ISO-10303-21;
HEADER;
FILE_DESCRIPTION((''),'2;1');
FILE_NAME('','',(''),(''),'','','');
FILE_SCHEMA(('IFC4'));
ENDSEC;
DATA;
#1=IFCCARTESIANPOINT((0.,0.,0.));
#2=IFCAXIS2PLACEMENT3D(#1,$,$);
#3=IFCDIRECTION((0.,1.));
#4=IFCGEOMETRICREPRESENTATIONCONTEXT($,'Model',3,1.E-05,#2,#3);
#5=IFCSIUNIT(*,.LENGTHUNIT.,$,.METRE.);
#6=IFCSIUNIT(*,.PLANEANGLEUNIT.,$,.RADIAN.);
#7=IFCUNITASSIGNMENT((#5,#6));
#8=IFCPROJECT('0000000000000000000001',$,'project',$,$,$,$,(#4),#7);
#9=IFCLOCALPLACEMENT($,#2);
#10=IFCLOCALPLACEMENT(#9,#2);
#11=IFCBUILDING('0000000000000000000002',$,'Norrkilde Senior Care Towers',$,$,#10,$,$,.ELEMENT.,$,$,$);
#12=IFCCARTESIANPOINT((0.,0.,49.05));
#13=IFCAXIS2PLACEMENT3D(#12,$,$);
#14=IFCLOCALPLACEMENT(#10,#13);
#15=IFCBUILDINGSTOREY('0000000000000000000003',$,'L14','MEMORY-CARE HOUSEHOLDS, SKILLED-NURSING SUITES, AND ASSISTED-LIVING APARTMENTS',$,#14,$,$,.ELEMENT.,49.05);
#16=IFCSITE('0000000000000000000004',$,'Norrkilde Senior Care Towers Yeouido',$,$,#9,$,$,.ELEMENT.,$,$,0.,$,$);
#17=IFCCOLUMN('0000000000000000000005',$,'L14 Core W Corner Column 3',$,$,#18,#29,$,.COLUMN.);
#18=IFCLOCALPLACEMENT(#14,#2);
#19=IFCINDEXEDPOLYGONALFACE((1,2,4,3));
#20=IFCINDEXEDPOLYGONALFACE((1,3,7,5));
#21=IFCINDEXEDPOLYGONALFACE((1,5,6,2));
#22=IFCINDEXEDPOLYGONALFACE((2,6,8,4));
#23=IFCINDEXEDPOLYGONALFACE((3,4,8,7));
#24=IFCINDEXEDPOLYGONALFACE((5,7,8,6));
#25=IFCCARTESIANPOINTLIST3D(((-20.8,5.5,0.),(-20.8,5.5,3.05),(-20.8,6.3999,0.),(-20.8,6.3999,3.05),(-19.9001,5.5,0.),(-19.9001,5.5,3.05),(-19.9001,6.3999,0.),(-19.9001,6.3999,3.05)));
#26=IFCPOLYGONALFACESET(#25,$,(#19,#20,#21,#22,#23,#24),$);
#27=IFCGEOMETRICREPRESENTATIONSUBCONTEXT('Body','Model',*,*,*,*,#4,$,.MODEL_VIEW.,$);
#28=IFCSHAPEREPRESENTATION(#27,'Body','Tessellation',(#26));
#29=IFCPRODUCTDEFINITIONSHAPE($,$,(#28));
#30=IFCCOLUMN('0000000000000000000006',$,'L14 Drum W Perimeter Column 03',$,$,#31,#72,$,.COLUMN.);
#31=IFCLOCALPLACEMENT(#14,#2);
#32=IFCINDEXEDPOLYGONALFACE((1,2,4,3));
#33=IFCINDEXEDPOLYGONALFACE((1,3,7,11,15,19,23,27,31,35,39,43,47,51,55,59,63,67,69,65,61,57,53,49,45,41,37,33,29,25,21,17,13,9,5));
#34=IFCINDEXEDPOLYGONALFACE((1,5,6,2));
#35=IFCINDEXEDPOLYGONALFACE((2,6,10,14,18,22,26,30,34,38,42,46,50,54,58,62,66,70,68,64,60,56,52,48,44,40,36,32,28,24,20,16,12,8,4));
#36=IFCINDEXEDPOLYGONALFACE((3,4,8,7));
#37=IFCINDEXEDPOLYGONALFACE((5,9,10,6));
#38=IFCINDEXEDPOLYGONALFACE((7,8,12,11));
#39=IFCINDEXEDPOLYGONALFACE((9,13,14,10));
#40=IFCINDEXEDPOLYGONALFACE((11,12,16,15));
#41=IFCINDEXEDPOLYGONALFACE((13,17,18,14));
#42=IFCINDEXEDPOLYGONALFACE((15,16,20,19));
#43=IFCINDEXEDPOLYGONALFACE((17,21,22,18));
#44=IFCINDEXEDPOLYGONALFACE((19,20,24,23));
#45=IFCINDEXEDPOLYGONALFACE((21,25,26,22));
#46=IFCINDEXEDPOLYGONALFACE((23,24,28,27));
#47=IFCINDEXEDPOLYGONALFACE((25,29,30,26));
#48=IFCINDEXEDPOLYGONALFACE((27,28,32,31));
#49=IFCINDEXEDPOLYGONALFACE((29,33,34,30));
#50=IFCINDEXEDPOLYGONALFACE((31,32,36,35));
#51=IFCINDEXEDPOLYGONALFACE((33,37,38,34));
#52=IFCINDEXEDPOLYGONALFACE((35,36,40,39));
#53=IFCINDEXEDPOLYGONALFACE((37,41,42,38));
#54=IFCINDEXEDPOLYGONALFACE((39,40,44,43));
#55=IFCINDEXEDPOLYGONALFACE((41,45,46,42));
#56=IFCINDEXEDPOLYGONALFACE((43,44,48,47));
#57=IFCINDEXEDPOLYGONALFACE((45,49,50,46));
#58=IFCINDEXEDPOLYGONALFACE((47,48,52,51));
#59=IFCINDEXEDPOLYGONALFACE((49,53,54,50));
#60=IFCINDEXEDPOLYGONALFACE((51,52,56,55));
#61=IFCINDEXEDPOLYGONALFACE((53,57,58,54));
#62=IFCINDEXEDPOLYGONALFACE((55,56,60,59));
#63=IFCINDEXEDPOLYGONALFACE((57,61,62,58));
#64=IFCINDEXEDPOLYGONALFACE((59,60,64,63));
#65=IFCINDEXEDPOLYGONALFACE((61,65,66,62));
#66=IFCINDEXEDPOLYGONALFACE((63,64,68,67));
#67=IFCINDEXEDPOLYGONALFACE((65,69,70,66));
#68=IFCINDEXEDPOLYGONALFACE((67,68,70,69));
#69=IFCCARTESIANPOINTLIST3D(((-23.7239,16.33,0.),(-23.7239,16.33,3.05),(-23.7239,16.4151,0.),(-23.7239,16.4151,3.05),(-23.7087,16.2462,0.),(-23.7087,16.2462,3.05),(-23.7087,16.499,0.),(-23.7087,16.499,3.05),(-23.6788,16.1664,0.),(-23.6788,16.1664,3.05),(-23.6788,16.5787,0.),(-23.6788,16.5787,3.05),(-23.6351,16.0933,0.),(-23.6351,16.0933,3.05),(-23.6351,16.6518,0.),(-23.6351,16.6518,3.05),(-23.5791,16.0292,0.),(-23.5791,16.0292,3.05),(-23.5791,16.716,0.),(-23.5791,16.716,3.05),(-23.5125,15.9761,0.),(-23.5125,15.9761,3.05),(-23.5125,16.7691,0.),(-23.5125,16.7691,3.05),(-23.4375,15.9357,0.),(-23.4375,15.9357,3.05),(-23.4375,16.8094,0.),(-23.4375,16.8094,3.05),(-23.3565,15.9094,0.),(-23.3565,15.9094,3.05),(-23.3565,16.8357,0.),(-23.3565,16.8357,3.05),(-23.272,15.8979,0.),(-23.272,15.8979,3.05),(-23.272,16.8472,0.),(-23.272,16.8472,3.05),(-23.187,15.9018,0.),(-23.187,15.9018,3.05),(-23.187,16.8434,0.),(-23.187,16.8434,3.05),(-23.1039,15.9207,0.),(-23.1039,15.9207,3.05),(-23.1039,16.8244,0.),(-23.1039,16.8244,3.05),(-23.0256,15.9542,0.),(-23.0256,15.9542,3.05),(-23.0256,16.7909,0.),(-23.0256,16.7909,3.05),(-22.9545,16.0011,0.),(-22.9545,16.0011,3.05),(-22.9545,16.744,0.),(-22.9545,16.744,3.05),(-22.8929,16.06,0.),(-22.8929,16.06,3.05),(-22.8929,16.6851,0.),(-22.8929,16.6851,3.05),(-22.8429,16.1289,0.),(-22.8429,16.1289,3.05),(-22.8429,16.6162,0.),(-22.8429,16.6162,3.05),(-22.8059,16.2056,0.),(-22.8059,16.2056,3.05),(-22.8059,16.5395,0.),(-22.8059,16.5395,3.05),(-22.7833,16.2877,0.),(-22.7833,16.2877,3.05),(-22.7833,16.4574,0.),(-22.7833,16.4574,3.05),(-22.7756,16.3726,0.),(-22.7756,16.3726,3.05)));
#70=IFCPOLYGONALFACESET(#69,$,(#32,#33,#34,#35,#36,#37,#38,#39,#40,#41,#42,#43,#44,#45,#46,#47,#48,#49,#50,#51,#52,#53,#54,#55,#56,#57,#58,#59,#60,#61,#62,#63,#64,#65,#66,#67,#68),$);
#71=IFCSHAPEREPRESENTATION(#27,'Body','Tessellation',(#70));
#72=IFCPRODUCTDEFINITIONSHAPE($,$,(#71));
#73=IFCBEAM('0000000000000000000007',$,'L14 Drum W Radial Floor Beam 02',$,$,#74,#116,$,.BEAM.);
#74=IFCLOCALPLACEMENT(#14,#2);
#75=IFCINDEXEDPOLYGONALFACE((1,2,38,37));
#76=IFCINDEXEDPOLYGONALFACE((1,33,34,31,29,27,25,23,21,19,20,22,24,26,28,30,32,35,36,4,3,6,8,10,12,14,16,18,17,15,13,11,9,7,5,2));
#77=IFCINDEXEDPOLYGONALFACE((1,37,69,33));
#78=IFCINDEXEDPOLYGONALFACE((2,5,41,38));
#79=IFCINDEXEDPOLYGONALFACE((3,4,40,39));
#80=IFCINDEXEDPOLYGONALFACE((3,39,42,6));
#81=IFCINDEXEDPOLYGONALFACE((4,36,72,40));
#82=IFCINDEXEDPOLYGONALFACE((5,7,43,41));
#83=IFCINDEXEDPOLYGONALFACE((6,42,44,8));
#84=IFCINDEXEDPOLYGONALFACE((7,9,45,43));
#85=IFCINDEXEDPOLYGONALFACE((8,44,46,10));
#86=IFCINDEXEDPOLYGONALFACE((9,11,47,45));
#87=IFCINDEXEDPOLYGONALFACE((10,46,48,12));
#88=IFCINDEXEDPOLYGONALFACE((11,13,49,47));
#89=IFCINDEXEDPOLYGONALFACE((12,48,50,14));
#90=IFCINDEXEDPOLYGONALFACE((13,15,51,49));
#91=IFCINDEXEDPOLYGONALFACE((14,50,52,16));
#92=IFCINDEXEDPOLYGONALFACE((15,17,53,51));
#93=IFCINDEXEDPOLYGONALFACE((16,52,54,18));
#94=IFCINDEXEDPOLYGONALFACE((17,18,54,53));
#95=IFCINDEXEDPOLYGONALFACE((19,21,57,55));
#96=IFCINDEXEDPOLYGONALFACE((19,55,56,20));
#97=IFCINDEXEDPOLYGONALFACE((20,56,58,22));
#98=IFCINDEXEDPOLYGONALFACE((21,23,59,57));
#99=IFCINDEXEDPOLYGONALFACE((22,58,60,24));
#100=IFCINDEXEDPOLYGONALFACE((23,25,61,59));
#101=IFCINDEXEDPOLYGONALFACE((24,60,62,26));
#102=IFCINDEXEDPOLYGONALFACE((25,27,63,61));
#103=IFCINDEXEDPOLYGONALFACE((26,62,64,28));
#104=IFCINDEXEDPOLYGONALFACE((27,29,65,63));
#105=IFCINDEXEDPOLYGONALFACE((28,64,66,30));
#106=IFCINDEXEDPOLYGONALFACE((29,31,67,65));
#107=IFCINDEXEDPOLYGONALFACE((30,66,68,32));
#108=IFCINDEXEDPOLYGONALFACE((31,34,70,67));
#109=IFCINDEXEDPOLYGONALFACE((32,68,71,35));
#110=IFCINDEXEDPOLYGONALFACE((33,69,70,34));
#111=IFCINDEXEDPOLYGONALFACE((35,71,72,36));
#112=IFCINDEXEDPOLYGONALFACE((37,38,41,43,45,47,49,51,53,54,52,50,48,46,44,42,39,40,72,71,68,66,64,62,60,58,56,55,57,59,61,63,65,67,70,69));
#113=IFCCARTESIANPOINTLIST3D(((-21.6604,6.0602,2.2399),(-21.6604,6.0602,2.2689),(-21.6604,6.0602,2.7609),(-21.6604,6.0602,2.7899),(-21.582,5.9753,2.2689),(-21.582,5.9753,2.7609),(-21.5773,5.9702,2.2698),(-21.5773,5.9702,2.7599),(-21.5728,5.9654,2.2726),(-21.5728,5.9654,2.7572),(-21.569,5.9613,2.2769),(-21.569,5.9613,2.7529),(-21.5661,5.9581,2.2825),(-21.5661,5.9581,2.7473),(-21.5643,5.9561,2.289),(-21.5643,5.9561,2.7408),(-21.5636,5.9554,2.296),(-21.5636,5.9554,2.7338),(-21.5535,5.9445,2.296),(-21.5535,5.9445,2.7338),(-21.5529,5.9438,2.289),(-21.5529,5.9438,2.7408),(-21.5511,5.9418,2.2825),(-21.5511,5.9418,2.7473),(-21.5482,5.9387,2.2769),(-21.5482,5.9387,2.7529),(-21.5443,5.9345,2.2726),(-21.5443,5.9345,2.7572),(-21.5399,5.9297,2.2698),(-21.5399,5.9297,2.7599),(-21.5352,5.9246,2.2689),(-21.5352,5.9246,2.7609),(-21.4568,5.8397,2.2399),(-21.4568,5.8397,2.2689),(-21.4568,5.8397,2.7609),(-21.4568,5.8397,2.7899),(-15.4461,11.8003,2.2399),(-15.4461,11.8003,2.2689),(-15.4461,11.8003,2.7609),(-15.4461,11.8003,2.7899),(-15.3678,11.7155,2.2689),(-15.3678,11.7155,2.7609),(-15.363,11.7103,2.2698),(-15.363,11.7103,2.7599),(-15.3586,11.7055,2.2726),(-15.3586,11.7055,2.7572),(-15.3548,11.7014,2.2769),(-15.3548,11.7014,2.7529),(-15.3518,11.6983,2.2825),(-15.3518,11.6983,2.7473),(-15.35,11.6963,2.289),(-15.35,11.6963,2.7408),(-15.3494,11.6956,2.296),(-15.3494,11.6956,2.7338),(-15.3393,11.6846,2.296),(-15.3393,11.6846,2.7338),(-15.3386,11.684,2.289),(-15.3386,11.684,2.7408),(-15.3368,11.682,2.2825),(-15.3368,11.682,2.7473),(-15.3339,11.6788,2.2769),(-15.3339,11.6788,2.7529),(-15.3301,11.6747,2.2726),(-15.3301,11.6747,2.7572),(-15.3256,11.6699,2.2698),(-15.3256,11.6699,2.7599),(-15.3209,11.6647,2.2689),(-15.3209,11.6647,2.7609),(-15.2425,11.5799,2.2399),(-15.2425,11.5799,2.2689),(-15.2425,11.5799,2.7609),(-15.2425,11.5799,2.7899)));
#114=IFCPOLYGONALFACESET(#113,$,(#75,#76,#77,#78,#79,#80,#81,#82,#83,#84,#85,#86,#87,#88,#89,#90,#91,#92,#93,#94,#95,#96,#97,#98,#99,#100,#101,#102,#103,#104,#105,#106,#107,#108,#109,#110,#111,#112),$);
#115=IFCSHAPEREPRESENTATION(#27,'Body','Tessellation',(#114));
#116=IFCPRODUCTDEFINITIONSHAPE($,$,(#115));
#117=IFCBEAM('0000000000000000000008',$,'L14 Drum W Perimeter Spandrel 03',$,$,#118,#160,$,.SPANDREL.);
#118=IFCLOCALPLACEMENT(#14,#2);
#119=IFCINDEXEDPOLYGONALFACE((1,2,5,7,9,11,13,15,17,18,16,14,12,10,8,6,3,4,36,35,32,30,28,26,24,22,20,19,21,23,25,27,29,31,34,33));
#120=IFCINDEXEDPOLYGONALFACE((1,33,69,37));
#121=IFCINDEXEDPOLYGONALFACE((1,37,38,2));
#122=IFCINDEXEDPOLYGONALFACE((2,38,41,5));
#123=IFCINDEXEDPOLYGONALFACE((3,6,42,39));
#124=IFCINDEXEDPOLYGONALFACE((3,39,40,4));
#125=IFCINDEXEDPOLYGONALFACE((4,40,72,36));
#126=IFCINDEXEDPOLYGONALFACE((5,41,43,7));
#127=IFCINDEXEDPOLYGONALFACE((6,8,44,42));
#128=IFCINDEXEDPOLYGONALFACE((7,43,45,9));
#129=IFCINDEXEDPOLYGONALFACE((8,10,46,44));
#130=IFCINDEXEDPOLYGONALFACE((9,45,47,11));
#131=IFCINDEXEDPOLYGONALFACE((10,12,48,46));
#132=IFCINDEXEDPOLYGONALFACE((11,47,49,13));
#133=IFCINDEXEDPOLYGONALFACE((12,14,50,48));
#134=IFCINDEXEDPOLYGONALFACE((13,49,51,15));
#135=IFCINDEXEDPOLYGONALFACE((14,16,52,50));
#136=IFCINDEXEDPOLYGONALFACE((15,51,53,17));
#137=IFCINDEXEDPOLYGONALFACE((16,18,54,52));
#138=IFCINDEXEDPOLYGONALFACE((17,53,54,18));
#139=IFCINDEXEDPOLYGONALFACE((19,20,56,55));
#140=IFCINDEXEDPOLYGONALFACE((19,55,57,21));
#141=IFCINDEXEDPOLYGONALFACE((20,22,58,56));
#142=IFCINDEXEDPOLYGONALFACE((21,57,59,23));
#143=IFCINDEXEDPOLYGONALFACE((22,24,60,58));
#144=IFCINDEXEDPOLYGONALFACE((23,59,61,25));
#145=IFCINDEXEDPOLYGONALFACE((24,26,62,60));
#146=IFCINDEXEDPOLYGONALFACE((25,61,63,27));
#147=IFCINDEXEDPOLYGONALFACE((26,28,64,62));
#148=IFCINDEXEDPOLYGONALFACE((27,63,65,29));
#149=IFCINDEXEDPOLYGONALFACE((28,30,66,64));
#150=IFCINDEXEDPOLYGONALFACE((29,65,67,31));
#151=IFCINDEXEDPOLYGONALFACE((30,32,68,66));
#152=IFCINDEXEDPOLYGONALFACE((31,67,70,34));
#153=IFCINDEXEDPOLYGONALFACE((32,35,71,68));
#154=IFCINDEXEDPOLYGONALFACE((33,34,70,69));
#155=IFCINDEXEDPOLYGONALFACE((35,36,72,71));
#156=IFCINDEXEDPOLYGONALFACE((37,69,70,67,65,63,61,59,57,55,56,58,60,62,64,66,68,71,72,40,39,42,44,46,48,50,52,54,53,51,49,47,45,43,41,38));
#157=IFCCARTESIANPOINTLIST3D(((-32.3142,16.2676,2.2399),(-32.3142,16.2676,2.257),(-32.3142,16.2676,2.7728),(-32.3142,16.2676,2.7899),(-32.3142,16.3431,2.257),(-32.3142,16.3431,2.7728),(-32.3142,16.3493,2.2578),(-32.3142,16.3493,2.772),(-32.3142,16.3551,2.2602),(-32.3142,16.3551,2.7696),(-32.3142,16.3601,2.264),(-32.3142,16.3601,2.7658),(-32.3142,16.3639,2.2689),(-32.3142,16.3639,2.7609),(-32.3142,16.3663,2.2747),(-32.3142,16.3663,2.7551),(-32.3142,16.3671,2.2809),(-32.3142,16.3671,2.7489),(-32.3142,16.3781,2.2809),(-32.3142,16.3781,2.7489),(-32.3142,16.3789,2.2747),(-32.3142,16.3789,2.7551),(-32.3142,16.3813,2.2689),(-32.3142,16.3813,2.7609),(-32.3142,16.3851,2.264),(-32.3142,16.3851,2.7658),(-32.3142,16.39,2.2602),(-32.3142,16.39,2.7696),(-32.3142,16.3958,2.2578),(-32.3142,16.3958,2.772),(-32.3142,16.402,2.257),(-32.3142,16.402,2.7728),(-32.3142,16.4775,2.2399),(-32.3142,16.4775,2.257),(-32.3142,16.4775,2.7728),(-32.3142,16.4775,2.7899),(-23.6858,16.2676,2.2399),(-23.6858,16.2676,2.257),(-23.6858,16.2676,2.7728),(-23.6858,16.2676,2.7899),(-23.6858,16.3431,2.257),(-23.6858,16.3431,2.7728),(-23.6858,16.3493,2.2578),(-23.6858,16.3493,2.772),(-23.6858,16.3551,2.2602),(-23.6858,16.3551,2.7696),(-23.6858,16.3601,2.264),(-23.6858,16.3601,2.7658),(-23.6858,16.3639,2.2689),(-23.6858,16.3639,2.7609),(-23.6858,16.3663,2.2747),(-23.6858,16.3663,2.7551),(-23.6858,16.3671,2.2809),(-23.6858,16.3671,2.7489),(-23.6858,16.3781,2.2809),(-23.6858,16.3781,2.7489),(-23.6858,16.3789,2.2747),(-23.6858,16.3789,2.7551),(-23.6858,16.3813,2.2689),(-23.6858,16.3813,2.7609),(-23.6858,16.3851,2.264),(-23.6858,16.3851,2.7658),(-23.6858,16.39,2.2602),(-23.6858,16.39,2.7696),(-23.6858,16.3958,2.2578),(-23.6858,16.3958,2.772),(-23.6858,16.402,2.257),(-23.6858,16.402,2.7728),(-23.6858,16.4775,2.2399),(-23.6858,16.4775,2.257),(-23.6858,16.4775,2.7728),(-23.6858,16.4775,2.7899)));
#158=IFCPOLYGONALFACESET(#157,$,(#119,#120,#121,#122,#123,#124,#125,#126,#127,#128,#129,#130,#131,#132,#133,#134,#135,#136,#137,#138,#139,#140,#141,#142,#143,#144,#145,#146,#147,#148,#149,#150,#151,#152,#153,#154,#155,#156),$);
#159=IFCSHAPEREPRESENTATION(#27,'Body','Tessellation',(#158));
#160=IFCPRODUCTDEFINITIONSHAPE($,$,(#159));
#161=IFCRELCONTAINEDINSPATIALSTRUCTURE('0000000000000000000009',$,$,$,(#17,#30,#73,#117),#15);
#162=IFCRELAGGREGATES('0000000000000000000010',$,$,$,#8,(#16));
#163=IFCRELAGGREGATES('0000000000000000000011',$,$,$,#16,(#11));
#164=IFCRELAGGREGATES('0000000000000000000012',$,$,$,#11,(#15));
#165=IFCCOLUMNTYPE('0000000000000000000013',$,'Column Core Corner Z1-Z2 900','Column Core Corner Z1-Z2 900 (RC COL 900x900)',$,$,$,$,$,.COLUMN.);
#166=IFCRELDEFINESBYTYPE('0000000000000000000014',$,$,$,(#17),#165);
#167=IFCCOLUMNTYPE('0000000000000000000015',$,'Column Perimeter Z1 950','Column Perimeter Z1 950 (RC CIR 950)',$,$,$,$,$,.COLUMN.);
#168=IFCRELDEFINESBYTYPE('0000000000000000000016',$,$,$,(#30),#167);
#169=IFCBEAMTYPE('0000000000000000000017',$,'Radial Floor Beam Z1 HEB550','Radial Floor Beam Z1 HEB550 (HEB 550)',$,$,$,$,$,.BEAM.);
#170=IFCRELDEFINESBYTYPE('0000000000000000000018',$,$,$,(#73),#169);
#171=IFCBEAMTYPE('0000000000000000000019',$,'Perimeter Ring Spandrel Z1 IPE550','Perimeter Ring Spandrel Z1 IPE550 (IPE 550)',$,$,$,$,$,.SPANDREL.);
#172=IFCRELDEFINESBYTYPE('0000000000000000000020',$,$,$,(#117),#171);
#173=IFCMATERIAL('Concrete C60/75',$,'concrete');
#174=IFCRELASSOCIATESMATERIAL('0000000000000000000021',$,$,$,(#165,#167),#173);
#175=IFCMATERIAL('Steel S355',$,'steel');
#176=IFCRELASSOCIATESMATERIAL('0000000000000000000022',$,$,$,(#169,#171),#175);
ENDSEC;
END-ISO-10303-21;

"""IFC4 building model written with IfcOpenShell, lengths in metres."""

from ifc_helpers import new_model, si_unit, direction, frame, origin, origin_2d, place, context, subcontext, project, spatial, rectangle, circle, i_section, extrude, source, transform, mapped, material, material_profile, profile_set, type_object, type_shapes, element, save


model = new_model("IFC4")

# Units and contexts
model_context = context("Model", 3, precision=1e-05, world=origin(), true_north=direction((0.0, 1.0)))
body_context = subcontext(model_context, "Body", "Model", "MODEL_VIEW")
ifc_project = project(units=[si_unit("LENGTHUNIT", "METRE"), si_unit("PLANEANGLEUNIT", "RADIAN")], contexts=[model_context])

# Site, building, storey
site_placement = place(None, origin())
site = spatial("IfcSite", under=ifc_project, at=site_placement, Name="Norrkilde Senior Care Towers Yeouido", CompositionType="ELEMENT", RefElevation=0.0)
building_placement = place(site_placement, origin())
building = spatial("IfcBuilding", under=site, at=building_placement, Name="Norrkilde Senior Care Towers", CompositionType="ELEMENT")
storey_placement = place(building_placement, frame((0.0, 0.0, 49.05)))
storey = spatial("IfcBuildingStorey", under=building, at=storey_placement, Name="L14", Description="MEMORY-CARE HOUSEHOLDS, SKILLED-NURSING SUITES, AND ASSISTED-LIVING APARTMENTS", CompositionType="ELEMENT", Elevation=49.05)

# Columns
ifc_material_1 = material(Name="Concrete C60/75", Category="concrete")
ifc_material_profile_1 = material_profile(ifc_material_1, rectangle(XDim=0.8999, YDim=0.8999, at=origin_2d()), Name="RC COL 900x900")
ifc_profile_set_1 = profile_set([ifc_material_profile_1], Name="Concrete C60/75")
column_type_1 = type_object("IfcColumnType", Name="Column Core Corner Z1-Z2 900", Description="Column Core Corner Z1-Z2 900 (RC COL 900x900)", PredefinedType="COLUMN", material=ifc_profile_set_1)
shared_shape_1 = source(origin(), body_context, "Body", "SweptSolid", [
    extrude(rectangle(XDim=0.8999, YDim=0.8999, at=origin_2d()), origin(), (0.0, 0.0, 1.0), 3.05),
])
type_shapes(column_type_1, [shared_shape_1])
column_1_placement = place(storey_placement, frame((-20.3501, 5.95, 0.0), z_axis=(0.0, 0.0, 1.0), x_axis=(1.0, 0.0, 0.0)))
element("IfcColumn", 1, at=column_1_placement, inside=storey, type_object=column_type_1, Name="L14 Core W Corner Column 3", PredefinedType="COLUMN", context=body_context, shape_type="MappedRepresentation", body=[
    mapped(shared_shape_1, transform((0.0, 0.0, 0.0), x_axis=(1.0, 0.0, 0.0), y_axis=(0.0, 1.0, 0.0), z_axis=(0.0, 0.0, 1.0), scale=1.0)),
])
ifc_material_profile_2 = material_profile(ifc_material_1, circle(Radius=0.4751, at=origin_2d()), Name="RC CIR 950")
ifc_profile_set_2 = profile_set([ifc_material_profile_2], Name="Concrete C60/75")
column_type_2 = type_object("IfcColumnType", Name="Column Perimeter Z1 950", Description="Column Perimeter Z1 950 (RC CIR 950)", PredefinedType="COLUMN", material=ifc_profile_set_2)
shared_shape_2 = source(origin(), body_context, "Body", "SweptSolid", [
    extrude(circle(Radius=0.4751, at=origin_2d()), origin(), (0.0, 0.0, 1.0), 3.05),
])
type_shapes(column_type_2, [shared_shape_2])
column_2_placement = place(storey_placement, frame((-23.2507, 16.3726, 0.0), z_axis=(0.0, 0.0, 1.0), x_axis=(1.0, 0.0, 0.0)))
element("IfcColumn", 2, at=column_2_placement, inside=storey, type_object=column_type_2, Name="L14 Drum W Perimeter Column 03", PredefinedType="COLUMN", context=body_context, shape_type="MappedRepresentation", body=[
    mapped(shared_shape_2, transform((0.0, 0.0, 0.0), x_axis=(1.0, 0.0, 0.0), y_axis=(0.0, 1.0, 0.0), z_axis=(0.0, 0.0, 1.0), scale=1.0)),
])

# Beams
ifc_material_2 = material(Name="Steel S355", Category="steel")
ifc_material_profile_3 = material_profile(ifc_material_2, i_section(OverallWidth=0.3, OverallDepth=0.55, WebThickness=0.0149, FlangeThickness=0.0291, FilletRadius=0.0271, at=origin_2d()), Name="HEB 550")
ifc_profile_set_3 = profile_set([ifc_material_profile_3], Name="Steel S355")
beam_type_1 = type_object("IfcBeamType", Name="Radial Floor Beam Z1 HEB550", Description="Radial Floor Beam Z1 HEB550 (HEB 550)", PredefinedType="BEAM", material=ifc_profile_set_3)
shared_shape_3 = source(origin(), body_context, "Body", "SweptSolid", [
    extrude(i_section(OverallWidth=0.3, OverallDepth=0.55, WebThickness=0.0149, FlangeThickness=0.0291, FilletRadius=0.0271, at=origin_2d()), origin(), (0.0, 0.0, 1.0), 8.4597),
])
beam_1_placement = place(storey_placement, frame((-21.5586, 5.95, 2.5149), z_axis=(0.734573, 0.678529, 0.0), x_axis=(-0.678529, 0.734573, 0.0)))
element("IfcBeam", 3, at=beam_1_placement, inside=storey, type_object=beam_type_1, Name="L14 Drum W Radial Floor Beam 02", PredefinedType="BEAM", context=body_context, shape_type="MappedRepresentation", body=[
    mapped(shared_shape_3, transform((0.0, 0.0, 0.0), x_axis=(1.0, 0.0, 0.0), y_axis=(0.0, 1.0, 0.0), z_axis=(0.0, 0.0, 1.0), scale=1.0)),
])
ifc_material_profile_4 = material_profile(ifc_material_2, i_section(OverallWidth=0.21, OverallDepth=0.55, WebThickness=0.011, FlangeThickness=0.0171, FilletRadius=0.0239, at=origin_2d()), Name="IPE 550")
ifc_profile_set_4 = profile_set([ifc_material_profile_4], Name="Steel S355")
beam_type_2 = type_object("IfcBeamType", Name="Perimeter Ring Spandrel Z1 IPE550", Description="Perimeter Ring Spandrel Z1 IPE550 (IPE 550)", PredefinedType="SPANDREL", material=ifc_profile_set_4)
shared_shape_4 = source(origin(), body_context, "Body", "SweptSolid", [
    extrude(i_section(OverallWidth=0.21, OverallDepth=0.55, WebThickness=0.011, FlangeThickness=0.0171, FilletRadius=0.0239, at=origin_2d()), origin(), (0.0, 0.0, 1.0), 8.6284),
])
type_shapes(beam_type_2, [shared_shape_4])
beam_2_placement = place(storey_placement, frame((-23.6858, 16.3726, 2.5149), z_axis=(-1.0, 0.0, 0.0), x_axis=(0.0, -1.0, 0.0)))
element("IfcBeam", 4, at=beam_2_placement, inside=storey, type_object=beam_type_2, Name="L14 Drum W Perimeter Spandrel 03", PredefinedType="SPANDREL", context=body_context, shape_type="MappedRepresentation", body=[
    mapped(shared_shape_4, transform((0.0, 0.0, 0.0), x_axis=(1.0, 0.0, 0.0), y_axis=(0.0, 1.0, 0.0), z_axis=(0.0, 0.0, 1.0), scale=1.0)),
])

save(model, "model.ifc")
